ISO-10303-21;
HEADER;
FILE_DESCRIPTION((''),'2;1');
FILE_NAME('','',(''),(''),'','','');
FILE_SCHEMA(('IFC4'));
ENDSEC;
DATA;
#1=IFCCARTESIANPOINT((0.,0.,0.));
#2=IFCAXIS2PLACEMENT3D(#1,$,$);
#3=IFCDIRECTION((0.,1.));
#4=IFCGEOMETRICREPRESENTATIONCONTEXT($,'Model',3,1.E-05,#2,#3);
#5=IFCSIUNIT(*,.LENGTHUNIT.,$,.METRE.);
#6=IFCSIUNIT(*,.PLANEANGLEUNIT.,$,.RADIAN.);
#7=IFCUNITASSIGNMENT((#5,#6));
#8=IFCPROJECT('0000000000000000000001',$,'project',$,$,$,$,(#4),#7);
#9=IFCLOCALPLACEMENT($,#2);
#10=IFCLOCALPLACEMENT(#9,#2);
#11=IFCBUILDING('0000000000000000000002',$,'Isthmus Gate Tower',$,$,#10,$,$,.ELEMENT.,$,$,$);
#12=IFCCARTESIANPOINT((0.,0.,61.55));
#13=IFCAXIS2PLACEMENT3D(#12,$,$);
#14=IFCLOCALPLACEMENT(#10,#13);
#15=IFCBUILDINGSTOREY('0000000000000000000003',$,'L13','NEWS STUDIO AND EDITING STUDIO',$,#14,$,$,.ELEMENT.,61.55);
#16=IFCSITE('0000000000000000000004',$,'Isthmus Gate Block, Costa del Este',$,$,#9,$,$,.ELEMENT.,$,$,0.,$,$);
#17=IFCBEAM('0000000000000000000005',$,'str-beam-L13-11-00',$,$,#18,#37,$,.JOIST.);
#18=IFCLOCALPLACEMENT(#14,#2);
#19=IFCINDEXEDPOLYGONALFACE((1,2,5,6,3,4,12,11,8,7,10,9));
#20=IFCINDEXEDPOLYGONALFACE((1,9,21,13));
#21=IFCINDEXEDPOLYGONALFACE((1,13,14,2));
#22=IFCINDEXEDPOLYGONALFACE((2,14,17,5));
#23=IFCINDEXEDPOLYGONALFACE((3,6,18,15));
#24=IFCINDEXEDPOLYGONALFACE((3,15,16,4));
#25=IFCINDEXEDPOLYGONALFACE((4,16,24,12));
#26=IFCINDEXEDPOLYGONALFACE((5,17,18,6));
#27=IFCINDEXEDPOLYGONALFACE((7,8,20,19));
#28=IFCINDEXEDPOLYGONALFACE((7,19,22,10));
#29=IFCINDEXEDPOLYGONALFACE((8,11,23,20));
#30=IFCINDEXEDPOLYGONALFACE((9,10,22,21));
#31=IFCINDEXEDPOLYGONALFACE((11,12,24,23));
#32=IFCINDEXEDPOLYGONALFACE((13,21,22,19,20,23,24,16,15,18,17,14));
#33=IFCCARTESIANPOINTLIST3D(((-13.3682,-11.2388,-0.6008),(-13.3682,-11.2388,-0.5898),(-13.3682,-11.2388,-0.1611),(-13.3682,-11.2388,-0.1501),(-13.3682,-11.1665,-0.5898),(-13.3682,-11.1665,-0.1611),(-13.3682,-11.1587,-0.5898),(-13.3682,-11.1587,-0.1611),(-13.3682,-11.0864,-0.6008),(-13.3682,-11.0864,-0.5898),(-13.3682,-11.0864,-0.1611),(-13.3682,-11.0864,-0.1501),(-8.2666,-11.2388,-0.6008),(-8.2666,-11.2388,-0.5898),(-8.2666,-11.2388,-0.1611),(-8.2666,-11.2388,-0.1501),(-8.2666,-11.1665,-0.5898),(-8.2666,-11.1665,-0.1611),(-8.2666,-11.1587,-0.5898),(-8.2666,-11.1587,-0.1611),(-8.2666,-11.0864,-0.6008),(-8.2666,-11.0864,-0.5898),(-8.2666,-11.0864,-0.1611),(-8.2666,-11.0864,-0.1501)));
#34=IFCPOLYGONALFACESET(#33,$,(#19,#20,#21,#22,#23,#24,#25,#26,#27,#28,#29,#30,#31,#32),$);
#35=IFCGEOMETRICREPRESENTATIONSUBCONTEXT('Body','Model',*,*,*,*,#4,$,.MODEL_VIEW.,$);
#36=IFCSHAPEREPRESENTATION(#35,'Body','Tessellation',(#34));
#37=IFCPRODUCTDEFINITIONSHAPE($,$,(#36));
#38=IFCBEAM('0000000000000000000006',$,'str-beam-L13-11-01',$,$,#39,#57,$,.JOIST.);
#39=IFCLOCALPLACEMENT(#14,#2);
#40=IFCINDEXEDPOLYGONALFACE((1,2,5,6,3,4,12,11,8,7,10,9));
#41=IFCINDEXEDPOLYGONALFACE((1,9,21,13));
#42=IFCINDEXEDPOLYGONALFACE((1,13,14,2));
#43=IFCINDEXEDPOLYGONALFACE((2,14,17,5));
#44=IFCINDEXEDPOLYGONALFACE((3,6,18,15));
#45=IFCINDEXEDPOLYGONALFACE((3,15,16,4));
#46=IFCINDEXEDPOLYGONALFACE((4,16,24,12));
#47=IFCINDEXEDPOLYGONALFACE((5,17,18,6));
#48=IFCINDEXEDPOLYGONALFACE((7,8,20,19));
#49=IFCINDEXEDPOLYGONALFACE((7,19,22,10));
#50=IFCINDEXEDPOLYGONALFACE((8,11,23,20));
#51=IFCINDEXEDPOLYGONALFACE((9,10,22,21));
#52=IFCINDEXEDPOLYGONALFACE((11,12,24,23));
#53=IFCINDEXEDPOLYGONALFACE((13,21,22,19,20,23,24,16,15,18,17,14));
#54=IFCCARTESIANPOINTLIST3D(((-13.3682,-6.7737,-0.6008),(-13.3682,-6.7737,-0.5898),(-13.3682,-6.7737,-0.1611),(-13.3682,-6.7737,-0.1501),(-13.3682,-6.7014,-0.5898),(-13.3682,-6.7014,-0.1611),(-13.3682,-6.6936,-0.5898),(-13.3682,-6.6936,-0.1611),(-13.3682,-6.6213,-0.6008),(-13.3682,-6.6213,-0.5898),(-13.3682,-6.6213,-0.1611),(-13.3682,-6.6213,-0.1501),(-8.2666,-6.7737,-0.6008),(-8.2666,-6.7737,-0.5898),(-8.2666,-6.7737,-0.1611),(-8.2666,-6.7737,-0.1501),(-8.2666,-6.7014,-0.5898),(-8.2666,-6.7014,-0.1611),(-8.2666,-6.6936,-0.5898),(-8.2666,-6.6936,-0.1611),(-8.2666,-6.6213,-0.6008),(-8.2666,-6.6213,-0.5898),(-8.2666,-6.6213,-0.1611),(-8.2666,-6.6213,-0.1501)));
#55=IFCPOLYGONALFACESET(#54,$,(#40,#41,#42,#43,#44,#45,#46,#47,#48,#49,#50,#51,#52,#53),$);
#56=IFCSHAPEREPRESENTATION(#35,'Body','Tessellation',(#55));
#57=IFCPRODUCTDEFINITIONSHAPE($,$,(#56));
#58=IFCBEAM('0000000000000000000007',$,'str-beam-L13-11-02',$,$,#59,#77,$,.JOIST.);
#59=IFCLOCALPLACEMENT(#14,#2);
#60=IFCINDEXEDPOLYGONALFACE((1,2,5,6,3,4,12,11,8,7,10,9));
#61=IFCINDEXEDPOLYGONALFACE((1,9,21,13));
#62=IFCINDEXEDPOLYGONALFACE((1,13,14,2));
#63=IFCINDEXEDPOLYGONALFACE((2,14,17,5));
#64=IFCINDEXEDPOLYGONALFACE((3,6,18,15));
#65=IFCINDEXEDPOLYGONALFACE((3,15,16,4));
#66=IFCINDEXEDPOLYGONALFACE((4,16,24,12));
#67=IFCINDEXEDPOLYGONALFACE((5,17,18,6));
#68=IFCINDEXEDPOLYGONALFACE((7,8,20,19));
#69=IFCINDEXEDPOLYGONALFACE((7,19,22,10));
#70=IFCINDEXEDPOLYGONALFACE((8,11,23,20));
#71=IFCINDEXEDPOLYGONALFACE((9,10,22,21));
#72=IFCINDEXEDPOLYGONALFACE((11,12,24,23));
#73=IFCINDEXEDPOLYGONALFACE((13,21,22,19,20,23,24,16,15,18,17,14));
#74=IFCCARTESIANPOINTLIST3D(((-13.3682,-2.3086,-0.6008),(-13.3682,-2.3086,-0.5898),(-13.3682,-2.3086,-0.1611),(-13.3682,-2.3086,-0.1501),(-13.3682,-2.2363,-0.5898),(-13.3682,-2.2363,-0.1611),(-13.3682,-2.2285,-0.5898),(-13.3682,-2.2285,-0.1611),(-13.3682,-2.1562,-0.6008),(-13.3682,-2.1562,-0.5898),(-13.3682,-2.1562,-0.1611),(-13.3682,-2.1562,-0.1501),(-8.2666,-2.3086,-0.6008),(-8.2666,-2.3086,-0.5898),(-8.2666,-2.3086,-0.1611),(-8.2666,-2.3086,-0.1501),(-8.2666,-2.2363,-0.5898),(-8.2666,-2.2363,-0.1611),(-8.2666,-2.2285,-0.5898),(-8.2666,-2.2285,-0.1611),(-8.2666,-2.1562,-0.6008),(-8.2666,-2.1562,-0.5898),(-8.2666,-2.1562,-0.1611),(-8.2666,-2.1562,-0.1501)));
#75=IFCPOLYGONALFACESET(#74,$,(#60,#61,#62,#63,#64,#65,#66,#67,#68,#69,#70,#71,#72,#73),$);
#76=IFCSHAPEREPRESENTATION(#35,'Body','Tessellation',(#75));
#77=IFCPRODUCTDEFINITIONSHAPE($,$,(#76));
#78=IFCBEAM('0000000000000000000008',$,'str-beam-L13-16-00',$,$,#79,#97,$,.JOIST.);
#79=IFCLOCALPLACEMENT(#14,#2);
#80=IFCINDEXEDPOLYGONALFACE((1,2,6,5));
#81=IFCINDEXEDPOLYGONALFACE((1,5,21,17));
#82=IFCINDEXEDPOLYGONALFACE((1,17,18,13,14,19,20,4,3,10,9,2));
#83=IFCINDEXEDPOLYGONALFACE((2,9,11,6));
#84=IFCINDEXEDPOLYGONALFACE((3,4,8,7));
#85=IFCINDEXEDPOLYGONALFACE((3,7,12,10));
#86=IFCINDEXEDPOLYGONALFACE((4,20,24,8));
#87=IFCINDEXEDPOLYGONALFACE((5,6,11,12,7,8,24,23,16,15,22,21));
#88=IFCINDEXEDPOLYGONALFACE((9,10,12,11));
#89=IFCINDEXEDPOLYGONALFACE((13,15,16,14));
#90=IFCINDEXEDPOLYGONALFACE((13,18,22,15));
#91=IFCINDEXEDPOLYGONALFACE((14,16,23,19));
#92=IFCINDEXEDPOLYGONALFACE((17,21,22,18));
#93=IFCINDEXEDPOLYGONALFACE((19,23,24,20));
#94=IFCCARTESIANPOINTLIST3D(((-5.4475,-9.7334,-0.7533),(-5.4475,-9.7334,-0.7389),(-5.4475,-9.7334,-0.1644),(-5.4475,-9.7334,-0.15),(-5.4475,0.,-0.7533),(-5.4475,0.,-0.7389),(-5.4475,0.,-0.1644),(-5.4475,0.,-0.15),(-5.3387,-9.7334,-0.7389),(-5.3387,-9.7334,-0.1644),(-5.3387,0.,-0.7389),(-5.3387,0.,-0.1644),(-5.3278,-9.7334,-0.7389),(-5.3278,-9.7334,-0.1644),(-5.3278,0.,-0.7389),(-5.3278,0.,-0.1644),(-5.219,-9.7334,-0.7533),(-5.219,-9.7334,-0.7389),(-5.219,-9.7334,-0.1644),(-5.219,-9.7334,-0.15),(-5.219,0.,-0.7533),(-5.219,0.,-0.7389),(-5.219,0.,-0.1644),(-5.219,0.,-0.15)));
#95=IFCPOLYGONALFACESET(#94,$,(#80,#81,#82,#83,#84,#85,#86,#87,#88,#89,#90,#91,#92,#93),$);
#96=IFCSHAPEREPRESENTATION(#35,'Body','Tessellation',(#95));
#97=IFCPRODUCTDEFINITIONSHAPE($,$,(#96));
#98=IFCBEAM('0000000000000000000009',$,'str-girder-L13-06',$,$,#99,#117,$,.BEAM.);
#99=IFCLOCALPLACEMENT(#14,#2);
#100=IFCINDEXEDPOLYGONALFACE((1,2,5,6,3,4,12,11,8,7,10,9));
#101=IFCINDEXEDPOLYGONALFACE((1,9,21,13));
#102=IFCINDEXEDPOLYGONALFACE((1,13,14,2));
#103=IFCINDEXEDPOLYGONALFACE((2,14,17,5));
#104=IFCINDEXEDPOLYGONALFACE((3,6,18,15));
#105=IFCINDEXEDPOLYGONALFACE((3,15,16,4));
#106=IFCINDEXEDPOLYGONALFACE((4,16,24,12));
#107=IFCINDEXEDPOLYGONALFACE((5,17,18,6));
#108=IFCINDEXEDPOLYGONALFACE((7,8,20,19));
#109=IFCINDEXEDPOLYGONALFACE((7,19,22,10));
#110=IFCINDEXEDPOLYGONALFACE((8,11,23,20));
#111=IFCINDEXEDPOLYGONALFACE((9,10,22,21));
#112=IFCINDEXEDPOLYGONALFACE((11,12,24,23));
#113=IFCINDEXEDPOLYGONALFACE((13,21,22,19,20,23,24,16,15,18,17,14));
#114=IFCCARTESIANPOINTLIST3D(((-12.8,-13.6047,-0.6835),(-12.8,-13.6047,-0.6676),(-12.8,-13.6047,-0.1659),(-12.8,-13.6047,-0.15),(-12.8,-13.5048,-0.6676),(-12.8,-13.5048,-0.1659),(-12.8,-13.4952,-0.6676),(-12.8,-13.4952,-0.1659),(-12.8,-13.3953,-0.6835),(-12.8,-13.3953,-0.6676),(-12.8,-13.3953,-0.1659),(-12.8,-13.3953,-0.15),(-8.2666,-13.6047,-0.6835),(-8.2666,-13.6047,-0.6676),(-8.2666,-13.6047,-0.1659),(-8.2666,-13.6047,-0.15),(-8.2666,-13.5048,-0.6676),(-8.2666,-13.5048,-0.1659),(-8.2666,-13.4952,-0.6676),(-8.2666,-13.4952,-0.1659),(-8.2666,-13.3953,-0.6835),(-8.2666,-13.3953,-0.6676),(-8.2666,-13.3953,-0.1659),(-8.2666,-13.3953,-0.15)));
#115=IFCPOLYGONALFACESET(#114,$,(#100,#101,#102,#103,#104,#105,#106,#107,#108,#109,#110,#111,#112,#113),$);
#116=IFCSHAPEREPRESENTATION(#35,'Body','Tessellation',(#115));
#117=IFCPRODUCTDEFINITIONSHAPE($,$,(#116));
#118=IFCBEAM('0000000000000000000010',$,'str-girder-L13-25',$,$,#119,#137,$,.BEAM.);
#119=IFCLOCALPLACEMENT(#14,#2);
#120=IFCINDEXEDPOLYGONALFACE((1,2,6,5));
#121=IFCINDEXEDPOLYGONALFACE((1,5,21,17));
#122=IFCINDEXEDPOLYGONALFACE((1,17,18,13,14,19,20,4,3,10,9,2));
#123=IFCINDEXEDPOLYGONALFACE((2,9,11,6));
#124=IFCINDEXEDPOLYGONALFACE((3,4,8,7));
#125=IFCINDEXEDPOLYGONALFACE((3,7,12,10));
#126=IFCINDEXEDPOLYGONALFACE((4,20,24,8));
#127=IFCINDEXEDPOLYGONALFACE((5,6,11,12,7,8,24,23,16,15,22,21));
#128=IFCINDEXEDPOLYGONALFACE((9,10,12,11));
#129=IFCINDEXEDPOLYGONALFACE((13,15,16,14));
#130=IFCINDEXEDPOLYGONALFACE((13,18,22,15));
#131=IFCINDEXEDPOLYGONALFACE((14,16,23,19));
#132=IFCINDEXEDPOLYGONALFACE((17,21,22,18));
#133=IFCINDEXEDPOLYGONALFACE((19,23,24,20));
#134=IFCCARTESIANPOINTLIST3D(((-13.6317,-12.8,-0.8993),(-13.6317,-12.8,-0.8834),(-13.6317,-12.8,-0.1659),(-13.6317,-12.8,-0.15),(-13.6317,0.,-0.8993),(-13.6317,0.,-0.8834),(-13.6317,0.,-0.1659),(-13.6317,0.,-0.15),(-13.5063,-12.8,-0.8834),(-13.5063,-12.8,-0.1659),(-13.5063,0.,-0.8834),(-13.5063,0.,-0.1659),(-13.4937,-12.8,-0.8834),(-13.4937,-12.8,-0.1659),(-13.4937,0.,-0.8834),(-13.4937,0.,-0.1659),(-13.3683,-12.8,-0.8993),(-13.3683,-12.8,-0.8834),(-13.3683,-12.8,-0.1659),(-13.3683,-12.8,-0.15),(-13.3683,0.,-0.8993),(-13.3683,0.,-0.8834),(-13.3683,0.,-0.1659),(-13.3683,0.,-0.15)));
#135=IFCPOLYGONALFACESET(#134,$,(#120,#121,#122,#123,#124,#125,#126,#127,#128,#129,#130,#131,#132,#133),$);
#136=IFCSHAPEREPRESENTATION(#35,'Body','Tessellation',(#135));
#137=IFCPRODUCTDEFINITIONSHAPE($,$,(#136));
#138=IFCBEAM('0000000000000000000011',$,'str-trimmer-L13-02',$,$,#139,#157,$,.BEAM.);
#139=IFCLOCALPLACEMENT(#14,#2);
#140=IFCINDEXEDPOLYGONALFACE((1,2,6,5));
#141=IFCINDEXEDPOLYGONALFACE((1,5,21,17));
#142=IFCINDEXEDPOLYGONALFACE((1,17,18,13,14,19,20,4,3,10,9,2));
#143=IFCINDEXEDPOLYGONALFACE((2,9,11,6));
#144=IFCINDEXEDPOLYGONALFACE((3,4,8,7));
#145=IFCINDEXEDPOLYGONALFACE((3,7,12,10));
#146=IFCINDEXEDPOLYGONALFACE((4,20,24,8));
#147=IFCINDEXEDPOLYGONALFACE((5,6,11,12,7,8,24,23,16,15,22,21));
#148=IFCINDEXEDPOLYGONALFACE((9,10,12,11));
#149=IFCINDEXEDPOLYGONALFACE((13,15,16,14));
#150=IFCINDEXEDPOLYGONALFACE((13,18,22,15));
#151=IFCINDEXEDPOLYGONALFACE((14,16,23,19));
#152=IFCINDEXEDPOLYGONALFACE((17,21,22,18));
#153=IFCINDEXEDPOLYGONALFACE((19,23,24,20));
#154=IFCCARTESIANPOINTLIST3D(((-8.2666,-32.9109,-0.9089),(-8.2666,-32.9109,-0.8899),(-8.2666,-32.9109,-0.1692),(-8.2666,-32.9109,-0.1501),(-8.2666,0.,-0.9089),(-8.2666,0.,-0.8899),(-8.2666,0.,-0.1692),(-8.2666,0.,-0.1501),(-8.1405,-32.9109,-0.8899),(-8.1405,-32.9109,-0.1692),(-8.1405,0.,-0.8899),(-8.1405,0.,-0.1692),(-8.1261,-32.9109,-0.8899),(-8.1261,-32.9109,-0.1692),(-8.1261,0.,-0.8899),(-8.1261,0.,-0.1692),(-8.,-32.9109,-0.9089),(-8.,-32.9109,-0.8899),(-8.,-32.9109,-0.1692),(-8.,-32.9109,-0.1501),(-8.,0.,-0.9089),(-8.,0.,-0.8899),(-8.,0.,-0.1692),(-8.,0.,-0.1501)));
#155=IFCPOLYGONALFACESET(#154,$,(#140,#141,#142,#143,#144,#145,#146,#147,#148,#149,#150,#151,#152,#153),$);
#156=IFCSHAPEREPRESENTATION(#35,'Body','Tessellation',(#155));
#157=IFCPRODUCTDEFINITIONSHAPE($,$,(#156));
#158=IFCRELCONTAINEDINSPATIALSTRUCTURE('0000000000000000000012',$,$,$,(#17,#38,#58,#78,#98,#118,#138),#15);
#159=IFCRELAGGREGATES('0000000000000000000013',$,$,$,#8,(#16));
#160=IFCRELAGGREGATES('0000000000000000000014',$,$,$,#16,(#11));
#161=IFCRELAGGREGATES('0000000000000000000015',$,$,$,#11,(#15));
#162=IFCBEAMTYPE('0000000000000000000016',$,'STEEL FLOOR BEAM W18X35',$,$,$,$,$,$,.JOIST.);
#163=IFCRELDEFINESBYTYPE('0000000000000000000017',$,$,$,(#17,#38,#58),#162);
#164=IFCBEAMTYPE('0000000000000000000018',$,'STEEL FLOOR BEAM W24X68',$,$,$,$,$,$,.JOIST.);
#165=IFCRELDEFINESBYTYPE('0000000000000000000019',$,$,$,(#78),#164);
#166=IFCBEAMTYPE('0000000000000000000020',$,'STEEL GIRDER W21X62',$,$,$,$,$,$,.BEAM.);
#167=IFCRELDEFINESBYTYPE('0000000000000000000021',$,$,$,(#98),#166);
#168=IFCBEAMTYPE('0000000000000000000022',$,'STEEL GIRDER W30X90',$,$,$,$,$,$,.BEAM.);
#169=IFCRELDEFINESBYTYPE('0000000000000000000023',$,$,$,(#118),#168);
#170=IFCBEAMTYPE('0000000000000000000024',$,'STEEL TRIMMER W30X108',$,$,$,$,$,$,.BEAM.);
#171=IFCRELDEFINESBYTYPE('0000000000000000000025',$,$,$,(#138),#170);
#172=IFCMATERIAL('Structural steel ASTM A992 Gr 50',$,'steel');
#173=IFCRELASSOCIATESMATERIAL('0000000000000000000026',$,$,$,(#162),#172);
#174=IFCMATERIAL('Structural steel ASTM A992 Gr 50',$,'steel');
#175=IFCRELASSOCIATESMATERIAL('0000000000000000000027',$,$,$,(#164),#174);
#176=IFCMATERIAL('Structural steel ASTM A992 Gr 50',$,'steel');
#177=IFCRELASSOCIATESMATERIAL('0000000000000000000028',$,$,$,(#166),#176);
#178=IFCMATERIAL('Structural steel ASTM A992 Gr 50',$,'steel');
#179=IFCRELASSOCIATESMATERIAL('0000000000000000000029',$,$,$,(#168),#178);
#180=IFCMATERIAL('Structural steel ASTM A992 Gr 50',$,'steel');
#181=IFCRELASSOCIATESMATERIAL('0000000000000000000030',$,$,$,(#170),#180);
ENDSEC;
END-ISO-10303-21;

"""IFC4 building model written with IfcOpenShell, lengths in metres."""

from ifc_helpers import new_model, si_unit, direction, frame, origin, origin_2d, place, context, subcontext, project, spatial, i_section, extrude, material, material_profile, profile_set, type_object, element, save


model = new_model("IFC4")

# Units and contexts
model_context = context("Model", 3, precision=1e-05, world=origin(), true_north=direction((0.0, 1.0)))
body_context = subcontext(model_context, "Body", "Model", "MODEL_VIEW")
ifc_project = project(units=[si_unit("LENGTHUNIT", "METRE"), si_unit("PLANEANGLEUNIT", "RADIAN")], contexts=[model_context])

# Site, building, storey
site_placement = place(None, origin())
site = spatial("IfcSite", under=ifc_project, at=site_placement, Name="Isthmus Gate Block, Costa del Este", CompositionType="ELEMENT", RefElevation=0.0)
building_placement = place(site_placement, origin())
building = spatial("IfcBuilding", under=site, at=building_placement, Name="Isthmus Gate Tower", CompositionType="ELEMENT")
storey_placement = place(building_placement, frame((0.0, 0.0, 61.55)))
storey = spatial("IfcBuildingStorey", under=building, at=storey_placement, Name="L13", Description="NEWS STUDIO AND EDITING STUDIO", CompositionType="ELEMENT", Elevation=61.55)

# Beams
ifc_material_1 = material(Name="Structural steel ASTM A992 Gr 50", Category="steel")
ifc_material_profile_1 = material_profile(ifc_material_1, i_section(OverallWidth=0.1523, OverallDepth=0.4507, WebThickness=0.0078, FlangeThickness=0.011, at=origin_2d()), Name="W18X35")
ifc_profile_set_1 = profile_set([ifc_material_profile_1], Name="Structural steel ASTM A992 Gr 50")
beam_type_1 = type_object("IfcBeamType", Name="STEEL FLOOR BEAM W18X35", PredefinedType="JOIST", material=ifc_profile_set_1)
for number, where, z_axis, x_axis, name in (
    (1, (-13.3682, -11.1626, -0.3755), (1.0, 0.0, 0.0), (0.0, 1.0, 0.0), "str-beam-L13-11-00"),
    (2, (-13.3682, -6.6975, -0.3755), (1.0, 0.0, 0.0), (0.0, 1.0, 0.0), "str-beam-L13-11-01"),
    (3, (-13.3682, -2.2324, -0.3755), (1.0, 0.0, 0.0), (0.0, 1.0, 0.0), "str-beam-L13-11-02"),
):
    element("IfcBeam", number, at=place(storey_placement, frame(where, z_axis=z_axis, x_axis=x_axis)), inside=storey, type_object=beam_type_1, Name=name, PredefinedType="JOIST", context=body_context, shape_type="SweptSolid", body=[
        extrude(i_section(OverallWidth=0.1523, OverallDepth=0.4507, WebThickness=0.0078, FlangeThickness=0.011, at=origin_2d()), origin(), (0.0, 0.0, 1.0), 5.1016),
    ])
ifc_material_2 = material(Name="Structural steel ASTM A992 Gr 50", Category="steel")
ifc_material_profile_2 = material_profile(ifc_material_2, i_section(OverallWidth=0.2285, OverallDepth=0.6033, WebThickness=0.011, FlangeThickness=0.0144, at=origin_2d()), Name="W24X68")
ifc_profile_set_2 = profile_set([ifc_material_profile_2], Name="Structural steel ASTM A992 Gr 50")
beam_type_2 = type_object("IfcBeamType", Name="STEEL FLOOR BEAM W24X68", PredefinedType="JOIST", material=ifc_profile_set_2)
beam_1_placement = place(storey_placement, frame((-5.3333, -9.7334, -0.4517), z_axis=(0.0, 1.0, 0.0), x_axis=(-1.0, 0.0, 0.0)))
element("IfcBeam", 4, at=beam_1_placement, inside=storey, type_object=beam_type_2, Name="str-beam-L13-16-00", PredefinedType="JOIST", context=body_context, shape_type="SweptSolid", body=[
    extrude(i_section(OverallWidth=0.2285, OverallDepth=0.6033, WebThickness=0.011, FlangeThickness=0.0144, at=origin_2d()), origin(), (0.0, 0.0, 1.0), 9.7334),
])
ifc_material_3 = material(Name="Structural steel ASTM A992 Gr 50", Category="steel")
ifc_material_profile_3 = material_profile(ifc_material_3, i_section(OverallWidth=0.2095, OverallDepth=0.5334, WebThickness=0.0095, FlangeThickness=0.0159, at=origin_2d()), Name="W21X62")
ifc_profile_set_3 = profile_set([ifc_material_profile_3], Name="Structural steel ASTM A992 Gr 50")
beam_type_3 = type_object("IfcBeamType", Name="STEEL GIRDER W21X62", PredefinedType="BEAM", material=ifc_profile_set_3)
beam_2_placement = place(storey_placement, frame((-12.8, -13.5, -0.4167), z_axis=(1.0, 0.0, 0.0), x_axis=(0.0, 1.0, 0.0)))
element("IfcBeam", 5, at=beam_2_placement, inside=storey, type_object=beam_type_3, Name="str-girder-L13-06", PredefinedType="BEAM", context=body_context, shape_type="SweptSolid", body=[
    extrude(i_section(OverallWidth=0.2095, OverallDepth=0.5334, WebThickness=0.0095, FlangeThickness=0.0159, at=origin_2d()), origin(), (0.0, 0.0, 1.0), 4.5334),
])
ifc_material_4 = material(Name="Structural steel ASTM A992 Gr 50", Category="steel")
ifc_material_profile_4 = material_profile(ifc_material_4, i_section(OverallWidth=0.2634, OverallDepth=0.7493, WebThickness=0.0127, FlangeThickness=0.0159, at=origin_2d()), Name="W30X90")
ifc_profile_set_4 = profile_set([ifc_material_profile_4], Name="Structural steel ASTM A992 Gr 50")
beam_type_4 = type_object("IfcBeamType", Name="STEEL GIRDER W30X90", PredefinedType="BEAM", material=ifc_profile_set_4)
beam_3_placement = place(storey_placement, frame((-13.5, -12.8, -0.5247), z_axis=(0.0, 1.0, 0.0), x_axis=(-1.0, 0.0, 0.0)))
element("IfcBeam", 6, at=beam_3_placement, inside=storey, type_object=beam_type_4, Name="str-girder-L13-25", PredefinedType="BEAM", context=body_context, shape_type="SweptSolid", body=[
    extrude(i_section(OverallWidth=0.2634, OverallDepth=0.7493, WebThickness=0.0127, FlangeThickness=0.0159, at=origin_2d()), origin(), (0.0, 0.0, 1.0), 12.8),
])
ifc_material_5 = material(Name="Structural steel ASTM A992 Gr 50", Category="steel")
ifc_material_profile_5 = material_profile(ifc_material_5, i_section(OverallWidth=0.2666, OverallDepth=0.7588, WebThickness=0.0144, FlangeThickness=0.019, at=origin_2d()), Name="W30X108")
ifc_profile_set_5 = profile_set([ifc_material_profile_5], Name="Structural steel ASTM A992 Gr 50")
beam_type_5 = type_object("IfcBeamType", Name="STEEL TRIMMER W30X108", PredefinedType="BEAM", material=ifc_profile_set_5)
beam_4_placement = place(storey_placement, frame((-8.1333, 0.0, -0.5295), z_axis=(0.0, -1.0, 0.0), x_axis=(1.0, 0.0, 0.0)))
element("IfcBeam", 7, at=beam_4_placement, inside=storey, type_object=beam_type_5, Name="str-trimmer-L13-02", PredefinedType="BEAM", context=body_context, shape_type="SweptSolid", body=[
    extrude(i_section(OverallWidth=0.2666, OverallDepth=0.7588, WebThickness=0.0144, FlangeThickness=0.019, at=origin_2d()), origin(), (0.0, 0.0, 1.0), 32.9109),
])

save(model, "model.ifc")
